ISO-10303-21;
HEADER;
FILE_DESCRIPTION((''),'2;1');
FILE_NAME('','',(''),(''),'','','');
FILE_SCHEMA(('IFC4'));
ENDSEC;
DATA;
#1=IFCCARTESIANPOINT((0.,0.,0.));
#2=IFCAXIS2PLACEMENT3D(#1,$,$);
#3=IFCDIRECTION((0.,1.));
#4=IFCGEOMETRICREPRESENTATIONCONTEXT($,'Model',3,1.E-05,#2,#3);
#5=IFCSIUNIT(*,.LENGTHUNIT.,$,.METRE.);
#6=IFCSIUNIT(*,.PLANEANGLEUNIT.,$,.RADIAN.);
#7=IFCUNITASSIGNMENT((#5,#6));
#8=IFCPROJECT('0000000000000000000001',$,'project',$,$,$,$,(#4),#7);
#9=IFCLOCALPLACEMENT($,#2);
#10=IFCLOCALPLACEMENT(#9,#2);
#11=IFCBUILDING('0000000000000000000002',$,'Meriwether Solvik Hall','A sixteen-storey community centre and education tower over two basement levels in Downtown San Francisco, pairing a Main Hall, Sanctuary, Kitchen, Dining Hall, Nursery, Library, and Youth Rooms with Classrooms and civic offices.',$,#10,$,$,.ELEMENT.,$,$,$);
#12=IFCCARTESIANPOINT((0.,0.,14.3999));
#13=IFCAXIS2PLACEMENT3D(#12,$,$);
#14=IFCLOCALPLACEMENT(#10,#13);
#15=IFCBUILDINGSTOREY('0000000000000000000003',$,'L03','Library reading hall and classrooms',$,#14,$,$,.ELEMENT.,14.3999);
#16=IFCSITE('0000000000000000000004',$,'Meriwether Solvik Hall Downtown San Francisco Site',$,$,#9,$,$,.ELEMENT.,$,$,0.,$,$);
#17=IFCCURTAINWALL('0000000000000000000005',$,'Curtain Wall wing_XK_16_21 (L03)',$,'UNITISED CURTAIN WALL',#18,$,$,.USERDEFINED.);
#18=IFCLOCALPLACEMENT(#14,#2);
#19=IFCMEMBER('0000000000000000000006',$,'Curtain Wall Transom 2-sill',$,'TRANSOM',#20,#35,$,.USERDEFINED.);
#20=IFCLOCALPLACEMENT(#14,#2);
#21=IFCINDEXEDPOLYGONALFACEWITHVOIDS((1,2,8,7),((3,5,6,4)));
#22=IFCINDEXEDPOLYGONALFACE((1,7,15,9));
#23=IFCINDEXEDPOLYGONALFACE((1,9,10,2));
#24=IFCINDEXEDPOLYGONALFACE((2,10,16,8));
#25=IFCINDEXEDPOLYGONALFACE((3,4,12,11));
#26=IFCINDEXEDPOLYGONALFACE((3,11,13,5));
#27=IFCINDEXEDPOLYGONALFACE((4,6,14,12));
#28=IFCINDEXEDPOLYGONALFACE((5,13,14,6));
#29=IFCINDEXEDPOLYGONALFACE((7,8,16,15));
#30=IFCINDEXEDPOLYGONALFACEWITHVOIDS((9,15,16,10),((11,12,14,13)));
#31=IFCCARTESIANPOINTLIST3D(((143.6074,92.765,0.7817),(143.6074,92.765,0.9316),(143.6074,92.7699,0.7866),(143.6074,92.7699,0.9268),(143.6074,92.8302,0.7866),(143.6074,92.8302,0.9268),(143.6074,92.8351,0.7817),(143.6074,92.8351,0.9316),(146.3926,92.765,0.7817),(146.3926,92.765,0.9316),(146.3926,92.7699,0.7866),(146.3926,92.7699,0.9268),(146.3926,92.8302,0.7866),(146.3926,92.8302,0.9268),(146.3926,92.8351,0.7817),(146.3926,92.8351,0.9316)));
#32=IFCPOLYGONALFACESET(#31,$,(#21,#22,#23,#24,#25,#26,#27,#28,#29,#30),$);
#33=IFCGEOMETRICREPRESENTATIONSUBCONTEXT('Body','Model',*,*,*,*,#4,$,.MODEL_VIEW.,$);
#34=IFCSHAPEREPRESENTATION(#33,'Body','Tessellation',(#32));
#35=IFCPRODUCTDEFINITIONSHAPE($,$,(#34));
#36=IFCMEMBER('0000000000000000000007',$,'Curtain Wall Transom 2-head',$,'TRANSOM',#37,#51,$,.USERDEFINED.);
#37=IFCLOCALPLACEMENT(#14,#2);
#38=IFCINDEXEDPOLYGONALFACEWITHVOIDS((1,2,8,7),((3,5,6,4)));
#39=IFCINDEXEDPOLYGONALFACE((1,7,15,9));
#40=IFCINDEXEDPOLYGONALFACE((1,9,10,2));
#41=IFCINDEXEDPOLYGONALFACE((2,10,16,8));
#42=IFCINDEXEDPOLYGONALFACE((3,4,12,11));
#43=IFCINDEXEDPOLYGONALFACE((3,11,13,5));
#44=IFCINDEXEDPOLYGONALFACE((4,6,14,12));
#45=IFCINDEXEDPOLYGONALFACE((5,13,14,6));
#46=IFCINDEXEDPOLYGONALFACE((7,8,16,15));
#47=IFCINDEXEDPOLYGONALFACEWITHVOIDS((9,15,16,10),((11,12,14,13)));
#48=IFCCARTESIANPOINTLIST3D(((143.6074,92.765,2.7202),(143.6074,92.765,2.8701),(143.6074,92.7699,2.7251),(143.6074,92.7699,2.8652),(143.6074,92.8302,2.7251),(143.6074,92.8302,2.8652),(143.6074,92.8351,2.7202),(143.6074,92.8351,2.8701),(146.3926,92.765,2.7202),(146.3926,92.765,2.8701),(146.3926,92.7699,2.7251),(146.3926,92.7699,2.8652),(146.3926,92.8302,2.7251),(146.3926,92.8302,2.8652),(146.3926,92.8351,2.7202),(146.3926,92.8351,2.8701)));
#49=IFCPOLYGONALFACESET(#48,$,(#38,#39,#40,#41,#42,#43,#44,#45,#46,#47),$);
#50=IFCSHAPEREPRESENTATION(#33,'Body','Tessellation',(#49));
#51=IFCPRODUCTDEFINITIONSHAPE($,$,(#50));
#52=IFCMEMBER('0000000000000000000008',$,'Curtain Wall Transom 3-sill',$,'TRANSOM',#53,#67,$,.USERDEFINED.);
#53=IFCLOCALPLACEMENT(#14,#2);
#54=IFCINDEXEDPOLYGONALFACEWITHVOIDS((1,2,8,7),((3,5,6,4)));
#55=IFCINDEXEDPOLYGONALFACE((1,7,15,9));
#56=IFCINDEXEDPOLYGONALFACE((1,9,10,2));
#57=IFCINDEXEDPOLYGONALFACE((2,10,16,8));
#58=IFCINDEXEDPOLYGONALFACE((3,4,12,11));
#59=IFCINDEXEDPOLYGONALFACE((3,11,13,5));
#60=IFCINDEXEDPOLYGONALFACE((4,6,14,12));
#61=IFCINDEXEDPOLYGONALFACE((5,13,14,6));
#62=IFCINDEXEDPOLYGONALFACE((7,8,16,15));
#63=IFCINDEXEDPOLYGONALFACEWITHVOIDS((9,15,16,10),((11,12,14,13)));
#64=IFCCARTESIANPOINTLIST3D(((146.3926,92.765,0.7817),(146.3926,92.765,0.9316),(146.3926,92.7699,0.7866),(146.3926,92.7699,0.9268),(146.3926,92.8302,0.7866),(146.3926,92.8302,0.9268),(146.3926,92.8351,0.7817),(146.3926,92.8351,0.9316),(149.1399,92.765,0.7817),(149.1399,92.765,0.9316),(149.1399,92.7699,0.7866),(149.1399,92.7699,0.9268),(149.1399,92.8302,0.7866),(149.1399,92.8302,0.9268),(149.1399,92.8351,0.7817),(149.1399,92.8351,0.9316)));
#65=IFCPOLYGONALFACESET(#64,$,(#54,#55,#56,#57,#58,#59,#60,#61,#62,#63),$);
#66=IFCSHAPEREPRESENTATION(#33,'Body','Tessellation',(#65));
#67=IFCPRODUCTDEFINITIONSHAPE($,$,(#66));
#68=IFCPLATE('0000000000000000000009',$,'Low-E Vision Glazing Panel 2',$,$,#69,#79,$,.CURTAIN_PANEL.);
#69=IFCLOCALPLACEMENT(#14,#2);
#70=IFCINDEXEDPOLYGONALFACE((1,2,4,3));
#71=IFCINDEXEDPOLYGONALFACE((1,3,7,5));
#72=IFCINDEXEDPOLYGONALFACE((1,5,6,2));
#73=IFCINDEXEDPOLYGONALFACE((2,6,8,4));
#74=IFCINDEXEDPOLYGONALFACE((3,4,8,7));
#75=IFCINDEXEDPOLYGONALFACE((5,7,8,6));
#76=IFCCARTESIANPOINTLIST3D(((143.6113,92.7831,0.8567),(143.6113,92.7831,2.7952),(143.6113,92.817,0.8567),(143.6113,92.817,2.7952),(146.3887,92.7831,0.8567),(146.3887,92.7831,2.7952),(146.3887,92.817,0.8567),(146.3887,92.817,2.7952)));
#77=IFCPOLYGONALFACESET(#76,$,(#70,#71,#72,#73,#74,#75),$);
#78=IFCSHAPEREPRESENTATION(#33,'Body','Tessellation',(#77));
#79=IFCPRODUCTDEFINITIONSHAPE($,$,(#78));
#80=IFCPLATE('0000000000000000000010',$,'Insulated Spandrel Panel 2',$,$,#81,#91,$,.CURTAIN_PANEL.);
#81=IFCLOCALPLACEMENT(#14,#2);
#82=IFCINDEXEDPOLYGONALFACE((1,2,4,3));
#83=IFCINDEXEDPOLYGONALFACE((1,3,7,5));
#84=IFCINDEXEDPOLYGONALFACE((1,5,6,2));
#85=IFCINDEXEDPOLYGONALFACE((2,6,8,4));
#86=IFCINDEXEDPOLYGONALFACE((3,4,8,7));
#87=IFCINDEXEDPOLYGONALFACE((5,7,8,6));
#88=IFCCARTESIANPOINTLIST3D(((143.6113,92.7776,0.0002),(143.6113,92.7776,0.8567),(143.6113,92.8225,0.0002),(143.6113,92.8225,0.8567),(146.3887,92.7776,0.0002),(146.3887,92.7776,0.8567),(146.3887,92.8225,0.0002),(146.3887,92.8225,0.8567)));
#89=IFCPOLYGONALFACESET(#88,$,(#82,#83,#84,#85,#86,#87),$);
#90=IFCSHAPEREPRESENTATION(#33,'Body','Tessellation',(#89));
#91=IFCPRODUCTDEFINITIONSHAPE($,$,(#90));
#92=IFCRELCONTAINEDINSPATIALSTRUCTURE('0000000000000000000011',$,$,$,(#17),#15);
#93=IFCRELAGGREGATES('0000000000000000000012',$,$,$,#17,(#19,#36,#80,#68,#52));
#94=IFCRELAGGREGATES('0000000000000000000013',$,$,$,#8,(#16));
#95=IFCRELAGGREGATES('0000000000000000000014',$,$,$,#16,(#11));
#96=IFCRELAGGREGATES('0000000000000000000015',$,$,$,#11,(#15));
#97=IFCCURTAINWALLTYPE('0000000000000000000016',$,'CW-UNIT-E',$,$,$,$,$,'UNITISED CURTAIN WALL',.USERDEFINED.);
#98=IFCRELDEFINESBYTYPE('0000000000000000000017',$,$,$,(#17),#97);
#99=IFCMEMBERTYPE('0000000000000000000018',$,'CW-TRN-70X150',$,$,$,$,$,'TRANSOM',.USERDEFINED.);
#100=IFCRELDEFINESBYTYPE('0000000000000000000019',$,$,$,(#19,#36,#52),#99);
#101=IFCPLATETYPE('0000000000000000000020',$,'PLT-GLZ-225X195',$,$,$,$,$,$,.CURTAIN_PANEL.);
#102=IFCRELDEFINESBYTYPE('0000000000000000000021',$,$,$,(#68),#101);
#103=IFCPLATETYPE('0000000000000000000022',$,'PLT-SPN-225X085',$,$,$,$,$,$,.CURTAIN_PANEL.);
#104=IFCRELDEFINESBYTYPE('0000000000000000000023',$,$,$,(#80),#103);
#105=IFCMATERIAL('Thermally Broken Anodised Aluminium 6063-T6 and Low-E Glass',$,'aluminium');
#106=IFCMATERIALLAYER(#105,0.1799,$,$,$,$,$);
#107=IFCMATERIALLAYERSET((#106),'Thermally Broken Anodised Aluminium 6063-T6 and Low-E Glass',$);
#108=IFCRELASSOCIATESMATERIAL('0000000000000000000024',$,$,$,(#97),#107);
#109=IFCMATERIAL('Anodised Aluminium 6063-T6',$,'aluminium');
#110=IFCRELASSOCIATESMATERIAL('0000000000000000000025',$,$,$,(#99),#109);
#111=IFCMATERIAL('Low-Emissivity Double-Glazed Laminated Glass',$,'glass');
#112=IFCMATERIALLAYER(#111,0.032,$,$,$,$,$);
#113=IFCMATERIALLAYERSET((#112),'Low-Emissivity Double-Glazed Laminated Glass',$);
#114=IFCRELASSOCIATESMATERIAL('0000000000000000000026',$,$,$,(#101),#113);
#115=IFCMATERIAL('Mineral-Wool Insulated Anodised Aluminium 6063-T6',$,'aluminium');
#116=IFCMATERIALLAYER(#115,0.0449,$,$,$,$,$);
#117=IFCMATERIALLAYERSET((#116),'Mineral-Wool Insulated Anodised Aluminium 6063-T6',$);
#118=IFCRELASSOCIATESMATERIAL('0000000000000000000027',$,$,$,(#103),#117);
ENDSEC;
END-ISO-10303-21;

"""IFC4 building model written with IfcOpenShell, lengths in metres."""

from ifc_helpers import new_model, si_unit, direction, frame, origin, origin_2d, place, context, subcontext, project, spatial, rectangle, hollow_rectangle, extrude, material, layer, layer_set, material_profile, profile_set, type_object, element, aggregate, save


model = new_model("IFC4")

# Units and contexts
model_context = context("Model", 3, precision=1e-05, world=origin(), true_north=direction((0.0, 1.0)))
body_context = subcontext(model_context, "Body", "Model", "MODEL_VIEW")
ifc_project = project(units=[si_unit("LENGTHUNIT", "METRE"), si_unit("PLANEANGLEUNIT", "RADIAN")], contexts=[model_context])

# Site, building, storey
site_placement = place(None, origin())
site = spatial("IfcSite", under=ifc_project, at=site_placement, Name="Meriwether Solvik Hall Downtown San Francisco Site", CompositionType="ELEMENT", RefElevation=0.0)
building_placement = place(site_placement, origin())
building = spatial("IfcBuilding", under=site, at=building_placement, Name="Meriwether Solvik Hall", Description="A sixteen-storey community centre and education tower over two basement levels in Downtown San Francisco, pairing a Main Hall, Sanctuary, Kitchen, Dining Hall, Nursery, Library, and Youth Rooms with Classrooms and civic offices.", CompositionType="ELEMENT")
storey_placement = place(building_placement, frame((0.0, 0.0, 14.3999)))
storey = spatial("IfcBuildingStorey", under=building, at=storey_placement, Name="L03", Description="Library reading hall and classrooms", CompositionType="ELEMENT", Elevation=14.3999)

# Curtain wall, members, plates
ifc_material_1 = material(Name="Thermally Broken Anodised Aluminium 6063-T6 and Low-E Glass", Category="aluminium")
ifc_layer_1 = layer(ifc_material_1, 0.1799)
ifc_layer_set_1 = layer_set([ifc_layer_1], Name="Thermally Broken Anodised Aluminium 6063-T6 and Low-E Glass")
curtain_wall_type = type_object("IfcCurtainWallType", Name="CW-UNIT-E", ElementType="UNITISED CURTAIN WALL", PredefinedType="USERDEFINED", material=ifc_layer_set_1)
curtain_wall_placement = place(storey_placement, origin())
curtain_wall = element("IfcCurtainWall", 1, at=curtain_wall_placement, inside=storey, type_object=curtain_wall_type, Name="Curtain Wall wing_XK_16_21 (L03)", ObjectType="UNITISED CURTAIN WALL", PredefinedType="USERDEFINED")
ifc_material_2 = material(Name="Anodised Aluminium 6063-T6", Category="aluminium")
ifc_material_profile_1 = material_profile(ifc_material_2, hollow_rectangle(XDim=0.0701, YDim=0.1499, WallThickness=0.0049, at=origin_2d()), Name="CWT-70X150")
ifc_profile_set_1 = profile_set([ifc_material_profile_1], Name="Anodised Aluminium 6063-T6")
member_type_1 = type_object("IfcMemberType", Name="CW-TRN-70X150", ElementType="TRANSOM", PredefinedType="USERDEFINED", material=ifc_profile_set_1)
member_1_placement = place(storey_placement, frame((143.6074, 92.8, 0.8567), z_axis=(1.0, 0.0, 0.0), x_axis=(0.0, 1.0, 0.0)))
member_1 = element("IfcMember", 2, at=member_1_placement, type_object=member_type_1, Name="Curtain Wall Transom 2-sill", ObjectType="TRANSOM", PredefinedType="USERDEFINED", context=body_context, shape_type="SweptSolid", body=[
    extrude(hollow_rectangle(XDim=0.0701, YDim=0.1499, WallThickness=0.0049, at=origin_2d()), origin(), (0.0, 0.0, 1.0), 2.7852),
])
member_2_placement = place(storey_placement, frame((143.6074, 92.8, 2.7952), z_axis=(1.0, 0.0, 0.0), x_axis=(0.0, 1.0, 0.0)))
member_2 = element("IfcMember", 3, at=member_2_placement, type_object=member_type_1, Name="Curtain Wall Transom 2-head", ObjectType="TRANSOM", PredefinedType="USERDEFINED", context=body_context, shape_type="SweptSolid", body=[
    extrude(hollow_rectangle(XDim=0.0701, YDim=0.1499, WallThickness=0.0049, at=origin_2d()), origin(), (0.0, 0.0, 1.0), 2.7852),
])
member_3_placement = place(storey_placement, frame((146.3926, 92.8, 0.8567), z_axis=(1.0, 0.0, 0.0), x_axis=(0.0, 1.0, 0.0)))
member_3 = element("IfcMember", 4, at=member_3_placement, type_object=member_type_1, Name="Curtain Wall Transom 3-sill", ObjectType="TRANSOM", PredefinedType="USERDEFINED", context=body_context, shape_type="SweptSolid", body=[
    extrude(hollow_rectangle(XDim=0.0701, YDim=0.1499, WallThickness=0.0049, at=origin_2d()), origin(), (0.0, 0.0, 1.0), 2.7473),
])
ifc_material_3 = material(Name="Low-Emissivity Double-Glazed Laminated Glass", Category="glass")
ifc_layer_2 = layer(ifc_material_3, 0.032)
ifc_layer_set_2 = layer_set([ifc_layer_2], Name="Low-Emissivity Double-Glazed Laminated Glass")
plate_type_1 = type_object("IfcPlateType", Name="PLT-GLZ-225X195", PredefinedType="CURTAIN_PANEL", material=ifc_layer_set_2)
plate_1_placement = place(storey_placement, frame((145.0, 92.8, 0.8567), z_axis=(0.0, 0.0, 1.0), x_axis=(1.0, 0.0, 0.0)))
plate_1 = element("IfcPlate", 5, at=plate_1_placement, type_object=plate_type_1, Name="Low-E Vision Glazing Panel 2", PredefinedType="CURTAIN_PANEL", context=body_context, shape_type="SweptSolid", body=[
    extrude(rectangle(XDim=2.7773, YDim=0.0339, at=origin_2d()), origin(), (0.0, 0.0, 1.0), 1.9385),
])
ifc_material_4 = material(Name="Mineral-Wool Insulated Anodised Aluminium 6063-T6", Category="aluminium")
ifc_layer_3 = layer(ifc_material_4, 0.0449)
ifc_layer_set_3 = layer_set([ifc_layer_3], Name="Mineral-Wool Insulated Anodised Aluminium 6063-T6")
plate_type_2 = type_object("IfcPlateType", Name="PLT-SPN-225X085", PredefinedType="CURTAIN_PANEL", material=ifc_layer_set_3)
plate_2_placement = place(storey_placement, frame((145.0, 92.8, 0.0002), z_axis=(0.0, 0.0, 1.0), x_axis=(1.0, 0.0, 0.0)))
plate_2 = element("IfcPlate", 6, at=plate_2_placement, type_object=plate_type_2, Name="Insulated Spandrel Panel 2", PredefinedType="CURTAIN_PANEL", context=body_context, shape_type="SweptSolid", body=[
    extrude(rectangle(XDim=2.7773, YDim=0.0449, at=origin_2d()), origin(), (0.0, 0.0, 1.0), 0.8564),
])
aggregate(curtain_wall, [member_1, member_2, plate_2, plate_1, member_3])

save(model, "model.ifc")
